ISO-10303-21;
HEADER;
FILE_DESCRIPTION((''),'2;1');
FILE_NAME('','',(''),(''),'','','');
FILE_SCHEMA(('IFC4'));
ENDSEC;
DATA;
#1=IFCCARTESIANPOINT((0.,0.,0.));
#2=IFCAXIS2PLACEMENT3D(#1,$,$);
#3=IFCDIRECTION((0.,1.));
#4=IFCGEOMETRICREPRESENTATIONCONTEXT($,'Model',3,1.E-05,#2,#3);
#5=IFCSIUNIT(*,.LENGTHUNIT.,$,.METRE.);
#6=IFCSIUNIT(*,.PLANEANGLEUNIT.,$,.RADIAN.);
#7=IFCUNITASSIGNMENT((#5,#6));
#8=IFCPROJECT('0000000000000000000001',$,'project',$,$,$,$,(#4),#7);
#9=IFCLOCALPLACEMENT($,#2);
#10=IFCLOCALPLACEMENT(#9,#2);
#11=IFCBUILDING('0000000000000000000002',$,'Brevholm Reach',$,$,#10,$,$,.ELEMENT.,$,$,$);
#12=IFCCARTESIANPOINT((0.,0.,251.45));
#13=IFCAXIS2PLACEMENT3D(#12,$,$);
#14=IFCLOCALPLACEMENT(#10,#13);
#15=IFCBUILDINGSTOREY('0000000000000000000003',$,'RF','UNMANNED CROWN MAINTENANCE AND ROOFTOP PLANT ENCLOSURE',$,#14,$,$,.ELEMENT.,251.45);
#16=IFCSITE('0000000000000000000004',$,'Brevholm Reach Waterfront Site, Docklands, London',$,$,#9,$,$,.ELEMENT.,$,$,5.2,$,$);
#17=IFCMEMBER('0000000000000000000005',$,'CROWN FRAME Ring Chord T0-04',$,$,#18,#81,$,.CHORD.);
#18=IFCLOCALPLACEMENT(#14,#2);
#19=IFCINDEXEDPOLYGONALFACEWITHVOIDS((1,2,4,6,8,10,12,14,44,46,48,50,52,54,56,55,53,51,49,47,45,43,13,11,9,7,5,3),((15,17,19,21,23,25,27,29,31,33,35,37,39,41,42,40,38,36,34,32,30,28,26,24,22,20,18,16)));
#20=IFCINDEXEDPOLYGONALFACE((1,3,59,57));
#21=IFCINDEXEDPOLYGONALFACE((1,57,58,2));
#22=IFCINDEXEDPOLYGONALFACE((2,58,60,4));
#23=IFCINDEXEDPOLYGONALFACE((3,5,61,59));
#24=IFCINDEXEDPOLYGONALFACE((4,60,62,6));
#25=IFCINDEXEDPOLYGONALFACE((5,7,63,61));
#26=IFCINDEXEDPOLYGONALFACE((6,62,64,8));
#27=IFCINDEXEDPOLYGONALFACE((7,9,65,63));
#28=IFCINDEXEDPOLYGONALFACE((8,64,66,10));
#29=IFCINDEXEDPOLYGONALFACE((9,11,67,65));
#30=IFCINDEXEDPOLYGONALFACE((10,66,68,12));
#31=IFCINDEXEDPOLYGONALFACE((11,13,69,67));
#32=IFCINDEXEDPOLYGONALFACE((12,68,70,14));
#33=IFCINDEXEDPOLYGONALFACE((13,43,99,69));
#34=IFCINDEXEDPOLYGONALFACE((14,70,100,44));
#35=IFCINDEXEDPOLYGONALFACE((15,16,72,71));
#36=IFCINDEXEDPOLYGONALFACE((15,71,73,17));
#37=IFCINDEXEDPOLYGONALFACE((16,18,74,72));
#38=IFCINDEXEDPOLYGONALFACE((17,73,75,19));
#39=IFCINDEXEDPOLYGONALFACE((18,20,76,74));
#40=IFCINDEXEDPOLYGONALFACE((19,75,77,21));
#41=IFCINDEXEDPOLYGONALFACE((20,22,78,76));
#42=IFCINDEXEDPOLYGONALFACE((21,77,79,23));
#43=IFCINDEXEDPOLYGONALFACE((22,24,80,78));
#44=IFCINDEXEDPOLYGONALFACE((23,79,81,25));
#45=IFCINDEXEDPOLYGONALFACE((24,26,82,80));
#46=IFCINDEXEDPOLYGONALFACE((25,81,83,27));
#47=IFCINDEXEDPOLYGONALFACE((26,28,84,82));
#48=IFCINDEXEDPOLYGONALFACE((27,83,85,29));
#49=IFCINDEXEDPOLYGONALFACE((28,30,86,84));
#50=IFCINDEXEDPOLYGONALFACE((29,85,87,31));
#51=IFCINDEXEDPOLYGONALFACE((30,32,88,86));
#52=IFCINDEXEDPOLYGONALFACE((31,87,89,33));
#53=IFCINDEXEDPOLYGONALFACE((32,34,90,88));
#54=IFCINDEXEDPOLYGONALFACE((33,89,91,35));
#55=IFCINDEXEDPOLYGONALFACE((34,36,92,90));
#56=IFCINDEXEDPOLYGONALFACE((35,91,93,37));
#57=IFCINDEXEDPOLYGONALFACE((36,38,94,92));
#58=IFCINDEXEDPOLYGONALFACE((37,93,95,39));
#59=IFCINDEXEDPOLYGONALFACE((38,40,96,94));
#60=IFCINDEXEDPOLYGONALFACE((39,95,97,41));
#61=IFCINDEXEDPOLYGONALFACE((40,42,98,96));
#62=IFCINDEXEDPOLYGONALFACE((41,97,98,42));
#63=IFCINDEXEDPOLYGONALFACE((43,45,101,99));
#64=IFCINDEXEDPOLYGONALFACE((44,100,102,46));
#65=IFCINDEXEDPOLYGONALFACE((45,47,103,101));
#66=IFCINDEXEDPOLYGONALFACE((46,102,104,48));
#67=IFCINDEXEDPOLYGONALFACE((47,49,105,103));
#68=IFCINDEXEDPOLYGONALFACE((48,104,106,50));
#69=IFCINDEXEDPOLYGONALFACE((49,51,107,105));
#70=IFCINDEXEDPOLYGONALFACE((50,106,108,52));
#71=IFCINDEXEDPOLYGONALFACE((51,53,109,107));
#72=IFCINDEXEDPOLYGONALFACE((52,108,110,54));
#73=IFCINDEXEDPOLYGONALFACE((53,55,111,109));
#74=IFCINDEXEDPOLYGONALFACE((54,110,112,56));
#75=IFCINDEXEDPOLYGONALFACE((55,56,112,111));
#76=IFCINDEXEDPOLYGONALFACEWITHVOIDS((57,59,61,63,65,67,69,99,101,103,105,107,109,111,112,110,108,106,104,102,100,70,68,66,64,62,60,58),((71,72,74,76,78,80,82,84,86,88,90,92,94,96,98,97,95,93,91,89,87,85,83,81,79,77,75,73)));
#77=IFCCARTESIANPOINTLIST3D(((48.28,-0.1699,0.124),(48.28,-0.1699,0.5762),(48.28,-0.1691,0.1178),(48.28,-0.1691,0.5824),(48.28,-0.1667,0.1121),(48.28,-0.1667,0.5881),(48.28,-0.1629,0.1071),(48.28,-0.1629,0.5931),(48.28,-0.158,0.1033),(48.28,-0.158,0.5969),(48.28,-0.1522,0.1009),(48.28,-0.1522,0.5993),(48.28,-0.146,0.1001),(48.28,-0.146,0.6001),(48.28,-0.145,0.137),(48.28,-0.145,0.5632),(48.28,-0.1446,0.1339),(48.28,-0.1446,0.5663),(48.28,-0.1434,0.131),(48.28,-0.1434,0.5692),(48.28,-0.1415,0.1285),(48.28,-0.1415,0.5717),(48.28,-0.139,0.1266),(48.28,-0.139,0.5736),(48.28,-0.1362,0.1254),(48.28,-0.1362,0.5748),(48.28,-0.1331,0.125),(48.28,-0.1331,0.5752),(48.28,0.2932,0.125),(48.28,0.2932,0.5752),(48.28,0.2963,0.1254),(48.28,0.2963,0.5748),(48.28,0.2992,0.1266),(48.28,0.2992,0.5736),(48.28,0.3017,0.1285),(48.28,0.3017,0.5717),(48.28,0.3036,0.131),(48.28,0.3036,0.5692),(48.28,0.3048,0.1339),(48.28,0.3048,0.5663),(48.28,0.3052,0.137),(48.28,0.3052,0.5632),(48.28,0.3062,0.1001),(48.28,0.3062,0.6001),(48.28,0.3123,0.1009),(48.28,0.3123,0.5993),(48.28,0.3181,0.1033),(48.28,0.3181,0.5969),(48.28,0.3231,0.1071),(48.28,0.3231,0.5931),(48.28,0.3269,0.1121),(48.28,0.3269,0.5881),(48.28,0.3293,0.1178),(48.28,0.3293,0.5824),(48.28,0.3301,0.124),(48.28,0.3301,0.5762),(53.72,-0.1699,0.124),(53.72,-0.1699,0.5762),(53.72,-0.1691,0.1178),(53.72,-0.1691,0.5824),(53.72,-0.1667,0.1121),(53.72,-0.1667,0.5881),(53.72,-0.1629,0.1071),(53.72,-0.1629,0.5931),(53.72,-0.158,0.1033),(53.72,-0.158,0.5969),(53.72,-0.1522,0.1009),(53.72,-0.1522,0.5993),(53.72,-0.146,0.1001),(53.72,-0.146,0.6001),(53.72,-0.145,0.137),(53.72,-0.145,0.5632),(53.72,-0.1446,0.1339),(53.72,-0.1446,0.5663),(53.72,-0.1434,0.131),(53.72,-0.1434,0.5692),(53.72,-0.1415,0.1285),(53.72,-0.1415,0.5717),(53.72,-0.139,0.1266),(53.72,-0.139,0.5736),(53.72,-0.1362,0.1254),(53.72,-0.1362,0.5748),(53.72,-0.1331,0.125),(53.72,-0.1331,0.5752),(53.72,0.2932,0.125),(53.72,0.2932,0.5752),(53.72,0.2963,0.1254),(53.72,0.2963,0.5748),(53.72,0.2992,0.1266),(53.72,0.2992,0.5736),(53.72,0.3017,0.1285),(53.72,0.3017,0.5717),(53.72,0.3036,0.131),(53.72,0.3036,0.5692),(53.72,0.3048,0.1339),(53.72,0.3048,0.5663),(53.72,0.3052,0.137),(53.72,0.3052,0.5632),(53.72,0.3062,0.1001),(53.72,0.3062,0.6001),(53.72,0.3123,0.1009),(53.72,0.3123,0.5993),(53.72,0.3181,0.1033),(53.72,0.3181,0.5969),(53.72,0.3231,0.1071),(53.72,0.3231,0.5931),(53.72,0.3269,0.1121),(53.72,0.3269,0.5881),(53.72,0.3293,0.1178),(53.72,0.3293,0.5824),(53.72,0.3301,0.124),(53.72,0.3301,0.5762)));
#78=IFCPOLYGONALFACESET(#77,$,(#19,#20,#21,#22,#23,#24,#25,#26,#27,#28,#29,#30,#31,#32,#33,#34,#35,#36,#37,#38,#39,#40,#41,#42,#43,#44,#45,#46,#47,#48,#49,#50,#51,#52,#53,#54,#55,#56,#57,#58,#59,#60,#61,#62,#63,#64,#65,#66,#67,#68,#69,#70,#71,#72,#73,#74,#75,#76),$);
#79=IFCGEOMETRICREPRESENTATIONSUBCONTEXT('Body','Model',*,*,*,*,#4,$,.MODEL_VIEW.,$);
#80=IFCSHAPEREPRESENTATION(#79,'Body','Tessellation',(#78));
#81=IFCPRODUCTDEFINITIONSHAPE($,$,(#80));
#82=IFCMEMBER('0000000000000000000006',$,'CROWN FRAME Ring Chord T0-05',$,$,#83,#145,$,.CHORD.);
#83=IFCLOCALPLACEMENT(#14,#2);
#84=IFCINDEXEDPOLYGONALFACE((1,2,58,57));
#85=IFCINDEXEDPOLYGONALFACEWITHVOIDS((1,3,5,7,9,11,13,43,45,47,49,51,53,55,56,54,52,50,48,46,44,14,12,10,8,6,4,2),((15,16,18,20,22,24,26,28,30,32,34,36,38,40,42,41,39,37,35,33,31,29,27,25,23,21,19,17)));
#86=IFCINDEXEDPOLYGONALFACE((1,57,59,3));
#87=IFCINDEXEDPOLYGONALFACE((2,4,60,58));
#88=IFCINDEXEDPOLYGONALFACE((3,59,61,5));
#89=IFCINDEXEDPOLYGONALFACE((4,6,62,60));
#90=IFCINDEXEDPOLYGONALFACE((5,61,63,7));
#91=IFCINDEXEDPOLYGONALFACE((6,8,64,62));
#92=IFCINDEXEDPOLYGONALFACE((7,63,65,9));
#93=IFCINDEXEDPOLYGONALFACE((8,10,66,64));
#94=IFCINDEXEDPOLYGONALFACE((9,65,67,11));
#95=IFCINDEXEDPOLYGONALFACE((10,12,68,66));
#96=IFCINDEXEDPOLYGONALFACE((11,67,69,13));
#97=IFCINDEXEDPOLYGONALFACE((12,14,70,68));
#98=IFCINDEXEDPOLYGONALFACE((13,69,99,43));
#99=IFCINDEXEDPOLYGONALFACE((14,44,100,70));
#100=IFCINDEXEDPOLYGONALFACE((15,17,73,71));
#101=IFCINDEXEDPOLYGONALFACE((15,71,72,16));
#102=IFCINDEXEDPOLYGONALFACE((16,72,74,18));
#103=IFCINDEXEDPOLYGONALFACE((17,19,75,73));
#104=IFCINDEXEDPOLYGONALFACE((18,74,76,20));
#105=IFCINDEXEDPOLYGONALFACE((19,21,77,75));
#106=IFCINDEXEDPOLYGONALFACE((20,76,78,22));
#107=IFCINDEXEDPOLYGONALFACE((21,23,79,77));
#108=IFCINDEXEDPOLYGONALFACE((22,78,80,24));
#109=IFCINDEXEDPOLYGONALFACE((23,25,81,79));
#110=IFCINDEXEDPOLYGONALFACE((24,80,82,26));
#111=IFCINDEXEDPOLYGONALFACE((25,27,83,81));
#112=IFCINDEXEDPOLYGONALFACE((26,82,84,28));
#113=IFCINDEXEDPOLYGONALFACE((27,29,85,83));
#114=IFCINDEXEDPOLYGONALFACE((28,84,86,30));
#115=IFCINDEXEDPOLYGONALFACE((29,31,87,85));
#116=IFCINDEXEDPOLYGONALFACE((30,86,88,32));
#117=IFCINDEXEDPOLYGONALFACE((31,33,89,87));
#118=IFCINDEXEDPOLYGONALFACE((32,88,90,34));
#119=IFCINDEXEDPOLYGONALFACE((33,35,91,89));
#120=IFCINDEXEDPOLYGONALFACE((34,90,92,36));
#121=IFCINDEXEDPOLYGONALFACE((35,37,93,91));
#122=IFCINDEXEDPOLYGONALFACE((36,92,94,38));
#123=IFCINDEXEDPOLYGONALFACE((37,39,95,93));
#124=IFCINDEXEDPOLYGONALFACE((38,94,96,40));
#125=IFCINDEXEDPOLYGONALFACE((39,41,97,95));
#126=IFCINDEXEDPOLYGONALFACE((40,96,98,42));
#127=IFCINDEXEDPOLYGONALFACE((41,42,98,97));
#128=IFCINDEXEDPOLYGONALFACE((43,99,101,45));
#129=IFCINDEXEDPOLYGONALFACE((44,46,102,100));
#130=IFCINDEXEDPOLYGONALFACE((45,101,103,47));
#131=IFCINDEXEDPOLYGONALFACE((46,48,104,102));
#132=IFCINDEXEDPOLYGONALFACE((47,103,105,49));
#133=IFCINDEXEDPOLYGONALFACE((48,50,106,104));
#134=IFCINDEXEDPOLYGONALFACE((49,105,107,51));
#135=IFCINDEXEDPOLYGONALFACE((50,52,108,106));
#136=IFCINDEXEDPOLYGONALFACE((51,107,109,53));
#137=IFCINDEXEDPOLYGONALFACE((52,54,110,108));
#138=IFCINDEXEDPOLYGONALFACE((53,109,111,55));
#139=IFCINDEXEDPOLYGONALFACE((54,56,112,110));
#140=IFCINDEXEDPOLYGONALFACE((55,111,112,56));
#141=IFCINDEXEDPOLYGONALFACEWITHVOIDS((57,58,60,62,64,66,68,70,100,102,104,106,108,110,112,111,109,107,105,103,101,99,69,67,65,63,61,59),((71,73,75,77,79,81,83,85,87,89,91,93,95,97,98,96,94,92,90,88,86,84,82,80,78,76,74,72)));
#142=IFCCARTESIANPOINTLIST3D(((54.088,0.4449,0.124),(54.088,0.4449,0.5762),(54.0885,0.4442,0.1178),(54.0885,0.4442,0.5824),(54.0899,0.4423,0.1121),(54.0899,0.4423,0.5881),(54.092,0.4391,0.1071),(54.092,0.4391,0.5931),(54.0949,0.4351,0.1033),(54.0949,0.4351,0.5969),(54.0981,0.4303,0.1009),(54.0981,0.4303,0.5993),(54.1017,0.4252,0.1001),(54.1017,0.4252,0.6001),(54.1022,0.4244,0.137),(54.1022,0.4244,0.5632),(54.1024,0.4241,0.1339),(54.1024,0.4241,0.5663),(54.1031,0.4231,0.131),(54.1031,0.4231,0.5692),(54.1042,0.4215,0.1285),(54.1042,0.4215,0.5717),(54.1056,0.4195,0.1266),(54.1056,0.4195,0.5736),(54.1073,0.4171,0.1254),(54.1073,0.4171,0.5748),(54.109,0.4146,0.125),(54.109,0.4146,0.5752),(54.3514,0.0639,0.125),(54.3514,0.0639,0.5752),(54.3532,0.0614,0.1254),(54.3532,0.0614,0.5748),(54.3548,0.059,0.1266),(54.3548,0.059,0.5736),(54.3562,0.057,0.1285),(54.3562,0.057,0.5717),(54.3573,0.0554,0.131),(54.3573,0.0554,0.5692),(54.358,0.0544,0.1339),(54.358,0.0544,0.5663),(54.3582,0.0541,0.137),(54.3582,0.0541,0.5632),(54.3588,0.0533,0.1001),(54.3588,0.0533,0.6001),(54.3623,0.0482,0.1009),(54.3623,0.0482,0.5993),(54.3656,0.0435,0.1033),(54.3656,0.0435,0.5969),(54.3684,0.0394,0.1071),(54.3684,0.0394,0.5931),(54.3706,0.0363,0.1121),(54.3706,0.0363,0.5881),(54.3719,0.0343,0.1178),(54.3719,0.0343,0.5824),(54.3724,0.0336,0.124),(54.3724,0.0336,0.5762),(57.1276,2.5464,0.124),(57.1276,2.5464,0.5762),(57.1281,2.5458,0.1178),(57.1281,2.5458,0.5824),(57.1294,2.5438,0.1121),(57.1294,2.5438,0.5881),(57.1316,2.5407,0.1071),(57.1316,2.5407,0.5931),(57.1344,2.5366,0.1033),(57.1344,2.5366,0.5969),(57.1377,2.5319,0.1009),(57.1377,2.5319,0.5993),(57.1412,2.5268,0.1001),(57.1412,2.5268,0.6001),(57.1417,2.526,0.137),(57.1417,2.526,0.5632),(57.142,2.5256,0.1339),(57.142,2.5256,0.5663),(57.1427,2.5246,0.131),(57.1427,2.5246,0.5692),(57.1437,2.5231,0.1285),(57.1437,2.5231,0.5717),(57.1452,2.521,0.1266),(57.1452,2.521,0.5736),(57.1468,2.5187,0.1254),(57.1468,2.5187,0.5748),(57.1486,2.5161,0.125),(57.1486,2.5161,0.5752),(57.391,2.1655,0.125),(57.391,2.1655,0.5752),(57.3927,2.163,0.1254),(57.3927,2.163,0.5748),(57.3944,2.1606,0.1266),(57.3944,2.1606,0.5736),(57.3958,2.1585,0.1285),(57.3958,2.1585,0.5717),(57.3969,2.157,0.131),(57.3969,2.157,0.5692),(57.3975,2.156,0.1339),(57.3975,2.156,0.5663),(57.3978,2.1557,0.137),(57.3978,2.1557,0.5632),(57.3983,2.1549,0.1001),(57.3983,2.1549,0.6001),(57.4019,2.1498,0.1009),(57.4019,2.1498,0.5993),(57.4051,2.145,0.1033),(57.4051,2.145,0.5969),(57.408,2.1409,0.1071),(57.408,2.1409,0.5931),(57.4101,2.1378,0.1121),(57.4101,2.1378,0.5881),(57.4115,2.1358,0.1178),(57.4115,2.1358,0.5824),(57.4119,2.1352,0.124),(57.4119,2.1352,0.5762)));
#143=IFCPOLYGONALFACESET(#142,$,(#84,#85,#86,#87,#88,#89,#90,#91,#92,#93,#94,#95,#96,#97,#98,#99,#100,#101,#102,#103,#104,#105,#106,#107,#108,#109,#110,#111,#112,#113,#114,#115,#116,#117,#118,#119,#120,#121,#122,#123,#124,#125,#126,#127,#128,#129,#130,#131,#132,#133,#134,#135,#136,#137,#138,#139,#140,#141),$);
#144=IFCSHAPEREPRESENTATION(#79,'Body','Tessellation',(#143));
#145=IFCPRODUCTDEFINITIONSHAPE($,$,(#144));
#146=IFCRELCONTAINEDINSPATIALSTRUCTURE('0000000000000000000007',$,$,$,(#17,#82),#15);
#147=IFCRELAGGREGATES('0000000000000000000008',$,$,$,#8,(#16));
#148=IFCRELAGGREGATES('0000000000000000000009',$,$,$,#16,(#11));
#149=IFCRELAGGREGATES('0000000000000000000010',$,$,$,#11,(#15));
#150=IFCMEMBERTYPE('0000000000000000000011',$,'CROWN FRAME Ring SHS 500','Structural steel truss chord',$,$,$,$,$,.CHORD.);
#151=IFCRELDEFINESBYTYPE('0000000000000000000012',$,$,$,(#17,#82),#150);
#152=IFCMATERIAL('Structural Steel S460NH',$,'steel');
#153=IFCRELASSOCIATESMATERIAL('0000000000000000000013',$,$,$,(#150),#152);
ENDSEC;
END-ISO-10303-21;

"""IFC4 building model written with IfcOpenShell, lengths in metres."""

from ifc_helpers import new_model, si_unit, direction, frame, origin, origin_2d, place, context, subcontext, project, spatial, hollow_rectangle, extrude, material, material_profile, profile_set, type_object, element, save


model = new_model("IFC4")

# Units and contexts
model_context = context("Model", 3, precision=1e-05, world=origin(), true_north=direction((0.0, 1.0)))
body_context = subcontext(model_context, "Body", "Model", "MODEL_VIEW")
ifc_project = project(units=[si_unit("LENGTHUNIT", "METRE"), si_unit("PLANEANGLEUNIT", "RADIAN")], contexts=[model_context])

# Site, building, storey
site_placement = place(None, origin())
site = spatial("IfcSite", under=ifc_project, at=site_placement, Name="Brevholm Reach Waterfront Site, Docklands, London", CompositionType="ELEMENT", RefElevation=5.2)
building_placement = place(site_placement, origin())
building = spatial("IfcBuilding", under=site, at=building_placement, Name="Brevholm Reach", CompositionType="ELEMENT")
storey_placement = place(building_placement, frame((0.0, 0.0, 251.45)))
storey = spatial("IfcBuildingStorey", under=building, at=storey_placement, Name="RF", Description="UNMANNED CROWN MAINTENANCE AND ROOFTOP PLANT ENCLOSURE", CompositionType="ELEMENT", Elevation=251.45)

# Members
ifc_material_1 = material(Name="Structural Steel S460NH", Category="steel")
ifc_material_profile_1 = material_profile(ifc_material_1, hollow_rectangle(XDim=0.5, YDim=0.5, WallThickness=0.0249, InnerFilletRadius=0.012, OuterFilletRadius=0.0239, at=origin_2d()), Name="SHS 500x500x25")
ifc_profile_set_1 = profile_set([ifc_material_profile_1], Name="Structural Steel S460NH")
member_type_1 = type_object("IfcMemberType", Name="CROWN FRAME Ring SHS 500", Description="Structural steel truss chord", PredefinedType="CHORD", material=ifc_profile_set_1)
member_1_placement = place(storey_placement, frame((48.28, 0.0801, 0.3501), z_axis=(1.0, 0.0, 0.0), x_axis=(0.0, 1.0, 0.0)))
element("IfcMember", 1, at=member_1_placement, inside=storey, type_object=member_type_1, Name="CROWN FRAME Ring Chord T0-04", PredefinedType="CHORD", context=body_context, shape_type="SweptSolid", body=[
    extrude(hollow_rectangle(XDim=0.5, YDim=0.5, WallThickness=0.0249, InnerFilletRadius=0.012, OuterFilletRadius=0.0239, at=origin_2d()), origin(), (0.0, 0.0, 1.0), 5.4399),
])
member_2_placement = place(storey_placement, frame((54.2302, 0.2393, 0.3501), z_axis=(0.822539, 0.568708, 0.0), x_axis=(-0.568708, 0.822539, 0.0)))
element("IfcMember", 2, at=member_2_placement, inside=storey, type_object=member_type_1, Name="CROWN FRAME Ring Chord T0-05", PredefinedType="CHORD", context=body_context, shape_type="SweptSolid", body=[
    extrude(hollow_rectangle(XDim=0.5, YDim=0.5, WallThickness=0.0249, InnerFilletRadius=0.012, OuterFilletRadius=0.0239, at=origin_2d()), origin(), (0.0, 0.0, 1.0), 3.6953),
])

save(model, "model.ifc")
